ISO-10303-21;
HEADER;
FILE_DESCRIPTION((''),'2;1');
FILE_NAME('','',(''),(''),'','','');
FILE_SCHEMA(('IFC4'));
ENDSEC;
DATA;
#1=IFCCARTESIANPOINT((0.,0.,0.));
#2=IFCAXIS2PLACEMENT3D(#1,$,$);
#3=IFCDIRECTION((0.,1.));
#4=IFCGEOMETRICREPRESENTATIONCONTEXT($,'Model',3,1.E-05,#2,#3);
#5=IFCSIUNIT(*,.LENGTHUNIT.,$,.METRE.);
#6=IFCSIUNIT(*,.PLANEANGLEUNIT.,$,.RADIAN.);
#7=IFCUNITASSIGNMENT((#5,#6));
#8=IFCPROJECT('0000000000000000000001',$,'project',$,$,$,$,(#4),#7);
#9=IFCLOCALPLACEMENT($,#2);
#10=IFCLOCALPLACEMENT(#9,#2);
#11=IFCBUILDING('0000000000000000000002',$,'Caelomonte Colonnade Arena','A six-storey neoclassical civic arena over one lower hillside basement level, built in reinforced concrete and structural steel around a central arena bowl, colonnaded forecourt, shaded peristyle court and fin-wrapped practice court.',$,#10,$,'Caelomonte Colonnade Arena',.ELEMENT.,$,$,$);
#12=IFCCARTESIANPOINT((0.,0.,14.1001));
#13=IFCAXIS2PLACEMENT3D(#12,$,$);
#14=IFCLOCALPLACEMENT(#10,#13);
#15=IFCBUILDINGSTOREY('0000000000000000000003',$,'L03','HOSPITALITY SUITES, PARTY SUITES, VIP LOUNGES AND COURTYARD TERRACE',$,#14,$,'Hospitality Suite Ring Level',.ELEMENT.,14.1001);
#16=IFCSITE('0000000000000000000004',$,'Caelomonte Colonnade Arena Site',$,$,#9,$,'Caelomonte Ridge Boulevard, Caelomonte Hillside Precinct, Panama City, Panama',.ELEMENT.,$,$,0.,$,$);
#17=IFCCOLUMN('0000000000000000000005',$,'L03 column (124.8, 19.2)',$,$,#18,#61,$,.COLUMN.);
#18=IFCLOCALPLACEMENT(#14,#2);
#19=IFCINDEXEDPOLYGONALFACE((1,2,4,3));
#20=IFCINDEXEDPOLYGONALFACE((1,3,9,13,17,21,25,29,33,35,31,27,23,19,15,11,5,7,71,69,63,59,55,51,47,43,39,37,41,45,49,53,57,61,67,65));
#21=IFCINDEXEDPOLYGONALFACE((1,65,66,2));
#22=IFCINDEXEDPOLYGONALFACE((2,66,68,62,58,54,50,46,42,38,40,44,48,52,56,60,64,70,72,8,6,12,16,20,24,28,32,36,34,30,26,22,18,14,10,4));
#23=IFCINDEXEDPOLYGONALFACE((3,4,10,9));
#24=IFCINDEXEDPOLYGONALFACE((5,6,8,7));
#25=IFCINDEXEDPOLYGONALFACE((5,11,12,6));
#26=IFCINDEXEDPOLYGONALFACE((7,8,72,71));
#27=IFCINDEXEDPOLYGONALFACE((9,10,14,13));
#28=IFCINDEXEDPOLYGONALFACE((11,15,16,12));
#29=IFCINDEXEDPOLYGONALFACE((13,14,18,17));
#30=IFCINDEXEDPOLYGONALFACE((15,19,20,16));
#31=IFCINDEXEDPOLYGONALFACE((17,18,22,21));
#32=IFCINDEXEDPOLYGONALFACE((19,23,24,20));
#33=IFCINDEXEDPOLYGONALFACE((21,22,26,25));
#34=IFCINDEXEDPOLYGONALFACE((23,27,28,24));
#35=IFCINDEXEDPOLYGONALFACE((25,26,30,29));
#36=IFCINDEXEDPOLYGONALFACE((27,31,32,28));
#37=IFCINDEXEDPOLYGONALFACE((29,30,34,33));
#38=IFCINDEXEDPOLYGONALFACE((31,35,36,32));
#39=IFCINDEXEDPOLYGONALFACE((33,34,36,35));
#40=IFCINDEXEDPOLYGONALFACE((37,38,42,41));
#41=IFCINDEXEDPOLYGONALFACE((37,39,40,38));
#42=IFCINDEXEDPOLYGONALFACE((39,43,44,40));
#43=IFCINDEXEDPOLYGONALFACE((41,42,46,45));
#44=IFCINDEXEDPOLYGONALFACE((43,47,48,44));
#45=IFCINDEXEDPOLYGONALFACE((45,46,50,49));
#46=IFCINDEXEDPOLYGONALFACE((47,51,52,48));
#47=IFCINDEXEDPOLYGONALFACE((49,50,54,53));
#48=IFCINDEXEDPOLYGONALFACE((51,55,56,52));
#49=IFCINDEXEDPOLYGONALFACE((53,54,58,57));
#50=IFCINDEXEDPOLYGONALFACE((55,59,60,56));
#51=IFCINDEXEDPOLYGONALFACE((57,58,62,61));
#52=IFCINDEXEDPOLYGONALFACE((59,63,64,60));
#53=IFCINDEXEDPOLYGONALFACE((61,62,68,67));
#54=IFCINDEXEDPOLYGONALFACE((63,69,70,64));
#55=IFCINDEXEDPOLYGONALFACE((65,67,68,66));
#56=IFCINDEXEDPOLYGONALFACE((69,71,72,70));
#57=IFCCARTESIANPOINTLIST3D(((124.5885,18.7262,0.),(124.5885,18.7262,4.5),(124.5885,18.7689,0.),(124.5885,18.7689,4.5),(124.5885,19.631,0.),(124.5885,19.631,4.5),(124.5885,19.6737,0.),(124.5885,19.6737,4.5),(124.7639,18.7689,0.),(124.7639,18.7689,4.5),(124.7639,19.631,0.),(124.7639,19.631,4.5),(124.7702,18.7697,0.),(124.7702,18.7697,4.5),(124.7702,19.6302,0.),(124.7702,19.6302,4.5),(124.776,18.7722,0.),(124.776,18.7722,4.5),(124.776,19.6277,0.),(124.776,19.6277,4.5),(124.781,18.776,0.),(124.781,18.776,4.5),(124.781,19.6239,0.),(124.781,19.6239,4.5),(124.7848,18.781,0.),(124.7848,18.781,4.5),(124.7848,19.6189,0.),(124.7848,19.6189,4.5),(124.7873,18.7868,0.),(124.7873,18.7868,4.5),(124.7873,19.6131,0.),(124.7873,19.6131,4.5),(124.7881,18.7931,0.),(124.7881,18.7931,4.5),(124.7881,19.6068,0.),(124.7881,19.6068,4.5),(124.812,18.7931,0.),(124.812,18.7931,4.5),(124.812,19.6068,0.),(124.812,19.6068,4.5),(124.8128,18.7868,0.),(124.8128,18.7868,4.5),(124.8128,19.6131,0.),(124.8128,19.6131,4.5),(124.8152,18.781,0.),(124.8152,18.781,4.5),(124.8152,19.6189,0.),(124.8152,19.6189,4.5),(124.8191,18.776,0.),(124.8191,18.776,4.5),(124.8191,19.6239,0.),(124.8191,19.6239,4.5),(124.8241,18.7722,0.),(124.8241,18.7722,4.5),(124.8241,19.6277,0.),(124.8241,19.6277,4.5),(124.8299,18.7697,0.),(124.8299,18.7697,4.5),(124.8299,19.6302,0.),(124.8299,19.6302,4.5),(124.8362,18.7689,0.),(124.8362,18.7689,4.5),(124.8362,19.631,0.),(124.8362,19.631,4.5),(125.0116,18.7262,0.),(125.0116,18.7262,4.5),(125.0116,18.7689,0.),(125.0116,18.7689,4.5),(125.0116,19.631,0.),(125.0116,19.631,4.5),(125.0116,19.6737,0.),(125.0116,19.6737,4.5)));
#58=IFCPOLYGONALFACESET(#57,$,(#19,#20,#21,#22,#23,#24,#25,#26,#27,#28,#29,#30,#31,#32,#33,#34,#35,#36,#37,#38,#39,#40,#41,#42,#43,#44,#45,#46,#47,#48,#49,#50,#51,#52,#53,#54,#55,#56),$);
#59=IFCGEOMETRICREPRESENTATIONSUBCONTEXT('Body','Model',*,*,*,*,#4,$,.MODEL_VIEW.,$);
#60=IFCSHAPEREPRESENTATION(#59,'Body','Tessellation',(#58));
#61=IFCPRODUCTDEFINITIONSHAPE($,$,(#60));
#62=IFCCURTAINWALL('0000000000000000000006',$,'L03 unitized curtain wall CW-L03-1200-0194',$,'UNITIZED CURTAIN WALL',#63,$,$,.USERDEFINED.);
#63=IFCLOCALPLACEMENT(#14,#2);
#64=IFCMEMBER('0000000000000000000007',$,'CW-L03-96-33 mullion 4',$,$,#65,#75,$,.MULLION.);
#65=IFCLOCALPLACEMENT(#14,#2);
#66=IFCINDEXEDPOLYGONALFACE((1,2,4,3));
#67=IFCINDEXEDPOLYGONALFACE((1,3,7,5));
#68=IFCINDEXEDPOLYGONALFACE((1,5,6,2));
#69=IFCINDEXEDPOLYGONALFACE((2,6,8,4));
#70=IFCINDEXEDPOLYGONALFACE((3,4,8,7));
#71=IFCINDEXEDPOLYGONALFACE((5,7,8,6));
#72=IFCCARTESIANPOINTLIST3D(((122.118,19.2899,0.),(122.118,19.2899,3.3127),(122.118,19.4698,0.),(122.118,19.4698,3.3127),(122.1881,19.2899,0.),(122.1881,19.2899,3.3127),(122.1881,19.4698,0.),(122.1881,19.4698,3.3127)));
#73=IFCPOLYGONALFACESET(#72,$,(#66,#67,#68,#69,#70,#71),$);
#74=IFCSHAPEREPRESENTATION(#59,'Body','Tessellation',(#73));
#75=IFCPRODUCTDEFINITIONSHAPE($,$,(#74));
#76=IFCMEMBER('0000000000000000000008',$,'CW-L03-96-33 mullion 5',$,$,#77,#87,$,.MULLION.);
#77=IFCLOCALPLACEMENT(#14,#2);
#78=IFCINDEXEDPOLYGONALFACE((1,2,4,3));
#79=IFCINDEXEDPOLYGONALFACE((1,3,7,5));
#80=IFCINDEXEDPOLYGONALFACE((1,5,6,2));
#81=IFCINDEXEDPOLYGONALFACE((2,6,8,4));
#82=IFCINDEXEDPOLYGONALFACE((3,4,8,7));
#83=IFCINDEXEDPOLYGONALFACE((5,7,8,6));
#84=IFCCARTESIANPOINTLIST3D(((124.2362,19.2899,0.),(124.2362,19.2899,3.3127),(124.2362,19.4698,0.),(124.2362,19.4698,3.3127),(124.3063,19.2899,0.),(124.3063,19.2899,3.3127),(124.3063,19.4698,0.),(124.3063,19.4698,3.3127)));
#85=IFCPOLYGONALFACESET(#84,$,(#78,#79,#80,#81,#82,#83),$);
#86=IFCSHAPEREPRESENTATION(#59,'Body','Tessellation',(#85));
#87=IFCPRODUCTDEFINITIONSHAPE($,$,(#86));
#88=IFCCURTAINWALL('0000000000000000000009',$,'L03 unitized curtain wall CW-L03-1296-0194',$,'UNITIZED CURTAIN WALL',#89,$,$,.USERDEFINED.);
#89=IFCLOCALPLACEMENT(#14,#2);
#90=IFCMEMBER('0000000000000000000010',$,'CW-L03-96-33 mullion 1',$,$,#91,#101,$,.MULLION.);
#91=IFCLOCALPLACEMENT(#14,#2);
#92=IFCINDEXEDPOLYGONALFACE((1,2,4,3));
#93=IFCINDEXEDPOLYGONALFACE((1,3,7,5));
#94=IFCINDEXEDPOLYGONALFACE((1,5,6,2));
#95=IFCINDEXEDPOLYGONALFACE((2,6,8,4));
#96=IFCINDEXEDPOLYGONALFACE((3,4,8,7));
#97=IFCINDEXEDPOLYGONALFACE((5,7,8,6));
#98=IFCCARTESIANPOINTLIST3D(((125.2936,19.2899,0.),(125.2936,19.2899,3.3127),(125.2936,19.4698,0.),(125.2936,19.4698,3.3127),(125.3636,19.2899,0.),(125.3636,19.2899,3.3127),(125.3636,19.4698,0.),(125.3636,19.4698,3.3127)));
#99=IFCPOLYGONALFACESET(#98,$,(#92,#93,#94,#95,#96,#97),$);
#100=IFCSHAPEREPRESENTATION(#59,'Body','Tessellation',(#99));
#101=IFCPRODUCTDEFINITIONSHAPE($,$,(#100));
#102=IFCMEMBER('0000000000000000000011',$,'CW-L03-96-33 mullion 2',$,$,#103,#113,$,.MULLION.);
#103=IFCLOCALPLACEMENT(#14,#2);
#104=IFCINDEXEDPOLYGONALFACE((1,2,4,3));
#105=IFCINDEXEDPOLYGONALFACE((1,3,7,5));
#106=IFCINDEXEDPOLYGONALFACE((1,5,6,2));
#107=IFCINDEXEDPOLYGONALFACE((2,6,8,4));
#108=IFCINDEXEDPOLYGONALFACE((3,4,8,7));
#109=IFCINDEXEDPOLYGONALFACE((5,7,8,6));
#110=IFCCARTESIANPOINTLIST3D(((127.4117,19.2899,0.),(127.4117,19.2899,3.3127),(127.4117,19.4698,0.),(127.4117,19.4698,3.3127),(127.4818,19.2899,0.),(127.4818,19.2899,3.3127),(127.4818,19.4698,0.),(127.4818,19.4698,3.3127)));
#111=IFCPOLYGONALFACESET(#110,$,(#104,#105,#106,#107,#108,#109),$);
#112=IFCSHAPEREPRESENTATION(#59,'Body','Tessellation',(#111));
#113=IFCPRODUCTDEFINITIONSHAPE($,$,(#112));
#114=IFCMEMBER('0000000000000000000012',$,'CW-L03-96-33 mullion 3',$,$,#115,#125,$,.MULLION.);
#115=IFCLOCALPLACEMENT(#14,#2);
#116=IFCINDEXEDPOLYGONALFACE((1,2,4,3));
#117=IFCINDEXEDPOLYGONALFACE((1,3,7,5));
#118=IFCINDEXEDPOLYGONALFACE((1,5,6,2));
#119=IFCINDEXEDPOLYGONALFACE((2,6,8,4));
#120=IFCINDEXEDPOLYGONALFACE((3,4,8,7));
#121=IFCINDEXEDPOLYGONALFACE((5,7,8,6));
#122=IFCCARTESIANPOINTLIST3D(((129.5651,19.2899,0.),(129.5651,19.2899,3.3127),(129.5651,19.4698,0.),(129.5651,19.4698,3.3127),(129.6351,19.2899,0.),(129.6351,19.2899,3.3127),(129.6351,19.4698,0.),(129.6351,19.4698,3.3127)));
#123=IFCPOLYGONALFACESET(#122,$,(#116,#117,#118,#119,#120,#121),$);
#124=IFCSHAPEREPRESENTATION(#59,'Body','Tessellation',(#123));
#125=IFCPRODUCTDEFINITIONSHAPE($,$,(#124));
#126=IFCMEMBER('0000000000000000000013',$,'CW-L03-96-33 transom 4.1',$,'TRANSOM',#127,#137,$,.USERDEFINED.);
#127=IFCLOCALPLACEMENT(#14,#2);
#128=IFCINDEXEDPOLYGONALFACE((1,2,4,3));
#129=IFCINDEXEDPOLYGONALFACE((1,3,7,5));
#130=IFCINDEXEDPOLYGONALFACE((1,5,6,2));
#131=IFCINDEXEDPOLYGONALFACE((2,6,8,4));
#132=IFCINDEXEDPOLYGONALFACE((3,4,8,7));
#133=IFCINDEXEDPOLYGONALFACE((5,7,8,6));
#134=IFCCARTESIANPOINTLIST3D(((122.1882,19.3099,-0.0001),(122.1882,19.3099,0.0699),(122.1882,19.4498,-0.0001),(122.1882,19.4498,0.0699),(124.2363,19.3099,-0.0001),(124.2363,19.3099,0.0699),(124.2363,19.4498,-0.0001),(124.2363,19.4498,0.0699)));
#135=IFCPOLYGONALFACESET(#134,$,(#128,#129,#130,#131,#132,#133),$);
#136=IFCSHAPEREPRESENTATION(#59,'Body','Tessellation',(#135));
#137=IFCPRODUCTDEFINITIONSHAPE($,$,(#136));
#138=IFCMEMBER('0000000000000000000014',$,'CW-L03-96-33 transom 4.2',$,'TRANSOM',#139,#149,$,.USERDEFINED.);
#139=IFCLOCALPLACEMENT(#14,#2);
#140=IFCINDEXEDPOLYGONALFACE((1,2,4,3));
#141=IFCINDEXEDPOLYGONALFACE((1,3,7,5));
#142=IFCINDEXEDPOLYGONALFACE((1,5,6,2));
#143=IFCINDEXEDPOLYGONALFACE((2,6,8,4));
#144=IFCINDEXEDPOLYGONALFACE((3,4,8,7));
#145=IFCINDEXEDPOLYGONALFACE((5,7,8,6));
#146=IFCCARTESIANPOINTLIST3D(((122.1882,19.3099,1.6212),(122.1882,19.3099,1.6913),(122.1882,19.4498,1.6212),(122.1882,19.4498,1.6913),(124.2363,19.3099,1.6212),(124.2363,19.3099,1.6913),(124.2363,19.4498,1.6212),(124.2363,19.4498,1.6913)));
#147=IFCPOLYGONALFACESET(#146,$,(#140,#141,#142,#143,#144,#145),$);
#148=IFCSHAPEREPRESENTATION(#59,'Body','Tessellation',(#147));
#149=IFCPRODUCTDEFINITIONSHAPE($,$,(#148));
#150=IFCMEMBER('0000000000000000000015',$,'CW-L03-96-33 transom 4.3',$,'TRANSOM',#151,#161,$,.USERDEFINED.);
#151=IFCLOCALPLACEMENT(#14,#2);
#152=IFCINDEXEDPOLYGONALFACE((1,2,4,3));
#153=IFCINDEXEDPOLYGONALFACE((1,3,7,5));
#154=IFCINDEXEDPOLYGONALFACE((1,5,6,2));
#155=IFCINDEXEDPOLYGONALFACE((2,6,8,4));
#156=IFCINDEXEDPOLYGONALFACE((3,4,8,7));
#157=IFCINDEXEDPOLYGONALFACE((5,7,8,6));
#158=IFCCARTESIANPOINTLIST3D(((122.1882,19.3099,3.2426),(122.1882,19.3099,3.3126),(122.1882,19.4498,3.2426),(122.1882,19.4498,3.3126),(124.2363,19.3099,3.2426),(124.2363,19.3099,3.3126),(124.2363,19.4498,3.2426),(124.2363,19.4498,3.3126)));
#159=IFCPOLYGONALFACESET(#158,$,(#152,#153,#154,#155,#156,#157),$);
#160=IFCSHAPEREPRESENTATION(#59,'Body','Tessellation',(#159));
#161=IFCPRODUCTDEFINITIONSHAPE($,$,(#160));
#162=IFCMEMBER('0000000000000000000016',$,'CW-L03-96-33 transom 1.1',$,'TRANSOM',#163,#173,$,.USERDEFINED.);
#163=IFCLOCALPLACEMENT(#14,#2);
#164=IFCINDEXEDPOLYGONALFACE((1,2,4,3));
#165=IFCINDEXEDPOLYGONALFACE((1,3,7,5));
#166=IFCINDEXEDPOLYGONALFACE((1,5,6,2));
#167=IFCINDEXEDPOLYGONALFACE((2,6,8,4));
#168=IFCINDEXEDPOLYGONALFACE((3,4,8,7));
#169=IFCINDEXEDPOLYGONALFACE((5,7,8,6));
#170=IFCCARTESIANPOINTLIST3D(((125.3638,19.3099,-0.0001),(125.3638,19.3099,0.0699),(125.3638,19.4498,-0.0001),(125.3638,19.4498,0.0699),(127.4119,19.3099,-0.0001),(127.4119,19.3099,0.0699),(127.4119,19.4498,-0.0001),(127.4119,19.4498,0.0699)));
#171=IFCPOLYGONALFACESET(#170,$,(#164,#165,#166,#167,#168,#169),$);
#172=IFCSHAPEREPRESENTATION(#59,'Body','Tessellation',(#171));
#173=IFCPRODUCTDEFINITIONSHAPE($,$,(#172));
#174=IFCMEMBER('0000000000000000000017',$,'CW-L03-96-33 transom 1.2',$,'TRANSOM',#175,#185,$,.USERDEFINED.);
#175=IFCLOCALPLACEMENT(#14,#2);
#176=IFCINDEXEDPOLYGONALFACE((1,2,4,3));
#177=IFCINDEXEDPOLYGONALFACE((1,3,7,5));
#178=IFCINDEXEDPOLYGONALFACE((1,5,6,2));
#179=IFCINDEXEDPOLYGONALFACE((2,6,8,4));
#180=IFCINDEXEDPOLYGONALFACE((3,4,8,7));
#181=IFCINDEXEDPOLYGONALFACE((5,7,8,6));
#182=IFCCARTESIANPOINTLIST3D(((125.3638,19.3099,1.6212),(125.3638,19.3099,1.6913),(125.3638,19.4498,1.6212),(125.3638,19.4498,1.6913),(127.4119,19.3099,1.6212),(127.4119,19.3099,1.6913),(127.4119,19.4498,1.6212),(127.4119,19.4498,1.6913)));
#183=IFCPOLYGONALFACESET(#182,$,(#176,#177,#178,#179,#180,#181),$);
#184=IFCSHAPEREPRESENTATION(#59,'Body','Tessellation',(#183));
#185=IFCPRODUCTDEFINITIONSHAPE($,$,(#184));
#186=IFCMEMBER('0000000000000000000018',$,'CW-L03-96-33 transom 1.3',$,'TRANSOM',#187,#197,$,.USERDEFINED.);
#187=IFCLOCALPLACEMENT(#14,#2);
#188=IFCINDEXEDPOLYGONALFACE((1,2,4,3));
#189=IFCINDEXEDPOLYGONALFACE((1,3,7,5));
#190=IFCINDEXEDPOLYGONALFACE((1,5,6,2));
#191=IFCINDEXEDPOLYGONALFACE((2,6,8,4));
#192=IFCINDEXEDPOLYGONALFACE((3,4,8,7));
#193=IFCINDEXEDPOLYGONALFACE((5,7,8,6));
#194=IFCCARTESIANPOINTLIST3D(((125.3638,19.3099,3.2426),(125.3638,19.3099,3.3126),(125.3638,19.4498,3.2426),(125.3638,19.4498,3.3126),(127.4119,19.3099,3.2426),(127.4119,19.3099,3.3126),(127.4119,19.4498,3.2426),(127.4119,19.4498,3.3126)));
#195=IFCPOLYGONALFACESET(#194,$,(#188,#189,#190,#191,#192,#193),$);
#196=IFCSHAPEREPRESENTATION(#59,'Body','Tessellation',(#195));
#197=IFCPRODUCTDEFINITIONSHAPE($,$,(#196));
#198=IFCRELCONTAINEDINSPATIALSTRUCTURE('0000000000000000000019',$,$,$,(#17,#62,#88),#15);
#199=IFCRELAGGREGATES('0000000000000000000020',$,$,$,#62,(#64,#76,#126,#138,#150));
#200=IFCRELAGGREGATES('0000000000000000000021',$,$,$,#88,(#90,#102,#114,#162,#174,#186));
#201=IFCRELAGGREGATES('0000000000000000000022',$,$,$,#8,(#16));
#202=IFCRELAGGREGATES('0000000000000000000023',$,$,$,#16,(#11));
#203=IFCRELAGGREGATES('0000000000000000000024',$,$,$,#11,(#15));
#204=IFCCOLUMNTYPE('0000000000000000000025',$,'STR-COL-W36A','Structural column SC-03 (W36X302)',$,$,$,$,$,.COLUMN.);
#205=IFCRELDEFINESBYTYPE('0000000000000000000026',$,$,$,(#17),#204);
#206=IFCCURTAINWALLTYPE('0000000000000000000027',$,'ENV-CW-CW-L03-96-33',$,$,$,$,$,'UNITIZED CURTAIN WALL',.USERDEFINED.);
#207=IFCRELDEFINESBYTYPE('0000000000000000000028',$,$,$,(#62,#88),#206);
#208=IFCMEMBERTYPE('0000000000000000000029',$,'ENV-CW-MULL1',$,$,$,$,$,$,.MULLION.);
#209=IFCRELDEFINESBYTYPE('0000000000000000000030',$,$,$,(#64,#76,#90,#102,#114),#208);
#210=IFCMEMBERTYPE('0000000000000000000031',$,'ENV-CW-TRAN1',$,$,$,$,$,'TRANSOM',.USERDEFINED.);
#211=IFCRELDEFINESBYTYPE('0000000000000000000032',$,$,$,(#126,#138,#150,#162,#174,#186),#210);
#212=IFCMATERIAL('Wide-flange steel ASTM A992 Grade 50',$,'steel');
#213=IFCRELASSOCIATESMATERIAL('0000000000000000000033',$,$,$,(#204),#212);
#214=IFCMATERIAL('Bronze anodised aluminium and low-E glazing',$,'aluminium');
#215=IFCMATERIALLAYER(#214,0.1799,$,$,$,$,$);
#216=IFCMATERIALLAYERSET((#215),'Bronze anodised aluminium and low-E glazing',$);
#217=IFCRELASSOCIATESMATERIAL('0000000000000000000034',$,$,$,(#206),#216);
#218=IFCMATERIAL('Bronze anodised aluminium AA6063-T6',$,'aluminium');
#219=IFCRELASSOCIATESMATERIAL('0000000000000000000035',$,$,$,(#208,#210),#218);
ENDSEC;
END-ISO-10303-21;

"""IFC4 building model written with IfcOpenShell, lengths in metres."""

from ifc_helpers import new_model, si_unit, direction, frame, origin, origin_2d, place, context, subcontext, project, spatial, rectangle, i_section, extrude, material, layer, layer_set, material_profile, profile_set, type_object, element, aggregate, save


model = new_model("IFC4")

# Units and contexts
model_context = context("Model", 3, precision=1e-05, world=origin(), true_north=direction((0.0, 1.0)))
body_context = subcontext(model_context, "Body", "Model", "MODEL_VIEW")
ifc_project = project(units=[si_unit("LENGTHUNIT", "METRE"), si_unit("PLANEANGLEUNIT", "RADIAN")], contexts=[model_context])

# Site, building, storey
site_placement = place(None, origin())
site = spatial("IfcSite", under=ifc_project, at=site_placement, Name="Caelomonte Colonnade Arena Site", LongName="Caelomonte Ridge Boulevard, Caelomonte Hillside Precinct, Panama City, Panama", CompositionType="ELEMENT", RefElevation=0.0)
building_placement = place(site_placement, origin())
building = spatial("IfcBuilding", under=site, at=building_placement, Name="Caelomonte Colonnade Arena", Description="A six-storey neoclassical civic arena over one lower hillside basement level, built in reinforced concrete and structural steel around a central arena bowl, colonnaded forecourt, shaded peristyle court and fin-wrapped practice court.", LongName="Caelomonte Colonnade Arena", CompositionType="ELEMENT")
storey_placement = place(building_placement, frame((0.0, 0.0, 14.1001)))
storey = spatial("IfcBuildingStorey", under=building, at=storey_placement, Name="L03", Description="HOSPITALITY SUITES, PARTY SUITES, VIP LOUNGES AND COURTYARD TERRACE", LongName="Hospitality Suite Ring Level", CompositionType="ELEMENT", Elevation=14.1001)

# Column
ifc_material_1 = material(Name="Wide-flange steel ASTM A992 Grade 50", Category="steel")
ifc_material_profile_1 = material_profile(ifc_material_1, i_section(OverallWidth=0.4231, OverallDepth=0.9475, WebThickness=0.0239, FlangeThickness=0.0427, FilletRadius=0.0242, at=origin_2d()), Name="W36X302")
ifc_profile_set_1 = profile_set([ifc_material_profile_1], Name="Wide-flange steel ASTM A992 Grade 50")
column_type = type_object("IfcColumnType", Name="STR-COL-W36A", Description="Structural column SC-03 (W36X302)", PredefinedType="COLUMN", material=ifc_profile_set_1)
column_placement = place(storey_placement, frame((124.8, 19.2, 0.0), z_axis=(0.0, 0.0, 1.0), x_axis=(1.0, 0.0, 0.0)))
element("IfcColumn", 1, at=column_placement, inside=storey, type_object=column_type, Name="L03 column (124.8, 19.2)", PredefinedType="COLUMN", context=body_context, shape_type="SweptSolid", body=[
    extrude(i_section(OverallWidth=0.4231, OverallDepth=0.9475, WebThickness=0.0239, FlangeThickness=0.0427, FilletRadius=0.0242, at=origin_2d()), origin(), (0.0, 0.0, 1.0), 4.5),
])

# Curtain walls, members
ifc_material_2 = material(Name="Bronze anodised aluminium and low-E glazing", Category="aluminium")
ifc_layer_1 = layer(ifc_material_2, 0.1799)
ifc_layer_set_1 = layer_set([ifc_layer_1], Name="Bronze anodised aluminium and low-E glazing")
curtain_wall_type = type_object("IfcCurtainWallType", Name="ENV-CW-CW-L03-96-33", ElementType="UNITIZED CURTAIN WALL", PredefinedType="USERDEFINED", material=ifc_layer_set_1)
curtain_wall_1_placement = place(storey_placement, origin())
curtain_wall_1 = element("IfcCurtainWall", 2, at=curtain_wall_1_placement, inside=storey, type_object=curtain_wall_type, Name="L03 unitized curtain wall CW-L03-1200-0194", ObjectType="UNITIZED CURTAIN WALL", PredefinedType="USERDEFINED")
ifc_material_3 = material(Name="Bronze anodised aluminium AA6063-T6", Category="aluminium")
ifc_material_profile_2 = material_profile(ifc_material_3, rectangle(XDim=0.0701, YDim=0.1799, at=origin_2d()), Name="CWM-70X180")
ifc_profile_set_2 = profile_set([ifc_material_profile_2], Name="Bronze anodised aluminium AA6063-T6")
member_type_1 = type_object("IfcMemberType", Name="ENV-CW-MULL1", PredefinedType="MULLION", material=ifc_profile_set_2)
member_1_placement = place(storey_placement, frame((122.1531, 19.3799, 0.0), z_axis=(0.0, 0.0, 1.0), x_axis=(1.0, 0.0, 0.0)))
member_1 = element("IfcMember", 3, at=member_1_placement, type_object=member_type_1, Name="CW-L03-96-33 mullion 4", PredefinedType="MULLION", context=body_context, shape_type="SweptSolid", body=[
    extrude(rectangle(XDim=0.0701, YDim=0.1799, at=origin_2d()), origin(), (0.0, 0.0, 1.0), 3.3127),
])
member_2_placement = place(storey_placement, frame((124.2712, 19.3799, 0.0), z_axis=(0.0, 0.0, 1.0), x_axis=(1.0, 0.0, 0.0)))
member_2 = element("IfcMember", 4, at=member_2_placement, type_object=member_type_1, Name="CW-L03-96-33 mullion 5", PredefinedType="MULLION", context=body_context, shape_type="SweptSolid", body=[
    extrude(rectangle(XDim=0.0701, YDim=0.1799, at=origin_2d()), origin(), (0.0, 0.0, 1.0), 3.3127),
])
curtain_wall_2_placement = place(storey_placement, origin())
curtain_wall_2 = element("IfcCurtainWall", 5, at=curtain_wall_2_placement, inside=storey, type_object=curtain_wall_type, Name="L03 unitized curtain wall CW-L03-1296-0194", ObjectType="UNITIZED CURTAIN WALL", PredefinedType="USERDEFINED")
member_3_placement = place(storey_placement, frame((125.3286, 19.3799, 0.0), z_axis=(0.0, 0.0, 1.0), x_axis=(1.0, 0.0, 0.0)))
member_3 = element("IfcMember", 6, at=member_3_placement, type_object=member_type_1, Name="CW-L03-96-33 mullion 1", PredefinedType="MULLION", context=body_context, shape_type="SweptSolid", body=[
    extrude(rectangle(XDim=0.0701, YDim=0.1799, at=origin_2d()), origin(), (0.0, 0.0, 1.0), 3.3127),
])
member_4_placement = place(storey_placement, frame((127.4468, 19.3799, 0.0), z_axis=(0.0, 0.0, 1.0), x_axis=(1.0, 0.0, 0.0)))
member_4 = element("IfcMember", 7, at=member_4_placement, type_object=member_type_1, Name="CW-L03-96-33 mullion 2", PredefinedType="MULLION", context=body_context, shape_type="SweptSolid", body=[
    extrude(rectangle(XDim=0.0701, YDim=0.1799, at=origin_2d()), origin(), (0.0, 0.0, 1.0), 3.3127),
])
member_5_placement = place(storey_placement, frame((129.6001, 19.3799, 0.0), z_axis=(0.0, 0.0, 1.0), x_axis=(1.0, 0.0, 0.0)))
member_5 = element("IfcMember", 8, at=member_5_placement, type_object=member_type_1, Name="CW-L03-96-33 mullion 3", PredefinedType="MULLION", context=body_context, shape_type="SweptSolid", body=[
    extrude(rectangle(XDim=0.0701, YDim=0.1799, at=origin_2d()), origin(), (0.0, 0.0, 1.0), 3.3127),
])

# Members
ifc_material_profile_3 = material_profile(ifc_material_3, rectangle(XDim=0.0701, YDim=0.1399, at=origin_2d()), Name="CWT-70X140")
ifc_profile_set_3 = profile_set([ifc_material_profile_3], Name="Bronze anodised aluminium AA6063-T6")
member_type_2 = type_object("IfcMemberType", Name="ENV-CW-TRAN1", ElementType="TRANSOM", PredefinedType="USERDEFINED", material=ifc_profile_set_3)
member_6_placement = place(storey_placement, frame((122.1882, 19.3799, 0.0349), z_axis=(1.0, 0.0, 0.0), x_axis=(0.0, 0.0, 1.0)))
member_6 = element("IfcMember", 9, at=member_6_placement, type_object=member_type_2, Name="CW-L03-96-33 transom 4.1", ObjectType="TRANSOM", PredefinedType="USERDEFINED", context=body_context, shape_type="SweptSolid", body=[
    extrude(rectangle(XDim=0.0701, YDim=0.1399, at=origin_2d()), origin(), (0.0, 0.0, 1.0), 2.0481),
])
member_7_placement = place(storey_placement, frame((122.1882, 19.3799, 1.6562), z_axis=(1.0, 0.0, 0.0), x_axis=(0.0, 0.0, 1.0)))
member_7 = element("IfcMember", 10, at=member_7_placement, type_object=member_type_2, Name="CW-L03-96-33 transom 4.2", ObjectType="TRANSOM", PredefinedType="USERDEFINED", context=body_context, shape_type="SweptSolid", body=[
    extrude(rectangle(XDim=0.0701, YDim=0.1399, at=origin_2d()), origin(), (0.0, 0.0, 1.0), 2.0481),
])
member_8_placement = place(storey_placement, frame((122.1882, 19.3799, 3.2776), z_axis=(1.0, 0.0, 0.0), x_axis=(0.0, 0.0, 1.0)))
member_8 = element("IfcMember", 11, at=member_8_placement, type_object=member_type_2, Name="CW-L03-96-33 transom 4.3", ObjectType="TRANSOM", PredefinedType="USERDEFINED", context=body_context, shape_type="SweptSolid", body=[
    extrude(rectangle(XDim=0.0701, YDim=0.1399, at=origin_2d()), origin(), (0.0, 0.0, 1.0), 2.0481),
])
member_9_placement = place(storey_placement, frame((125.3638, 19.3799, 0.0349), z_axis=(1.0, 0.0, 0.0), x_axis=(0.0, 0.0, 1.0)))
member_9 = element("IfcMember", 12, at=member_9_placement, type_object=member_type_2, Name="CW-L03-96-33 transom 1.1", ObjectType="TRANSOM", PredefinedType="USERDEFINED", context=body_context, shape_type="SweptSolid", body=[
    extrude(rectangle(XDim=0.0701, YDim=0.1399, at=origin_2d()), origin(), (0.0, 0.0, 1.0), 2.0481),
])
member_10_placement = place(storey_placement, frame((125.3638, 19.3799, 1.6562), z_axis=(1.0, 0.0, 0.0), x_axis=(0.0, 0.0, 1.0)))
member_10 = element("IfcMember", 13, at=member_10_placement, type_object=member_type_2, Name="CW-L03-96-33 transom 1.2", ObjectType="TRANSOM", PredefinedType="USERDEFINED", context=body_context, shape_type="SweptSolid", body=[
    extrude(rectangle(XDim=0.0701, YDim=0.1399, at=origin_2d()), origin(), (0.0, 0.0, 1.0), 2.0481),
])
member_11_placement = place(storey_placement, frame((125.3638, 19.3799, 3.2776), z_axis=(1.0, 0.0, 0.0), x_axis=(0.0, 0.0, 1.0)))
member_11 = element("IfcMember", 14, at=member_11_placement, type_object=member_type_2, Name="CW-L03-96-33 transom 1.3", ObjectType="TRANSOM", PredefinedType="USERDEFINED", context=body_context, shape_type="SweptSolid", body=[
    extrude(rectangle(XDim=0.0701, YDim=0.1399, at=origin_2d()), origin(), (0.0, 0.0, 1.0), 2.0481),
])

aggregate(curtain_wall_1, [member_1, member_2, member_6, member_7, member_8])
aggregate(curtain_wall_2, [member_3, member_4, member_5, member_9, member_10, member_11])

save(model, "model.ifc")
